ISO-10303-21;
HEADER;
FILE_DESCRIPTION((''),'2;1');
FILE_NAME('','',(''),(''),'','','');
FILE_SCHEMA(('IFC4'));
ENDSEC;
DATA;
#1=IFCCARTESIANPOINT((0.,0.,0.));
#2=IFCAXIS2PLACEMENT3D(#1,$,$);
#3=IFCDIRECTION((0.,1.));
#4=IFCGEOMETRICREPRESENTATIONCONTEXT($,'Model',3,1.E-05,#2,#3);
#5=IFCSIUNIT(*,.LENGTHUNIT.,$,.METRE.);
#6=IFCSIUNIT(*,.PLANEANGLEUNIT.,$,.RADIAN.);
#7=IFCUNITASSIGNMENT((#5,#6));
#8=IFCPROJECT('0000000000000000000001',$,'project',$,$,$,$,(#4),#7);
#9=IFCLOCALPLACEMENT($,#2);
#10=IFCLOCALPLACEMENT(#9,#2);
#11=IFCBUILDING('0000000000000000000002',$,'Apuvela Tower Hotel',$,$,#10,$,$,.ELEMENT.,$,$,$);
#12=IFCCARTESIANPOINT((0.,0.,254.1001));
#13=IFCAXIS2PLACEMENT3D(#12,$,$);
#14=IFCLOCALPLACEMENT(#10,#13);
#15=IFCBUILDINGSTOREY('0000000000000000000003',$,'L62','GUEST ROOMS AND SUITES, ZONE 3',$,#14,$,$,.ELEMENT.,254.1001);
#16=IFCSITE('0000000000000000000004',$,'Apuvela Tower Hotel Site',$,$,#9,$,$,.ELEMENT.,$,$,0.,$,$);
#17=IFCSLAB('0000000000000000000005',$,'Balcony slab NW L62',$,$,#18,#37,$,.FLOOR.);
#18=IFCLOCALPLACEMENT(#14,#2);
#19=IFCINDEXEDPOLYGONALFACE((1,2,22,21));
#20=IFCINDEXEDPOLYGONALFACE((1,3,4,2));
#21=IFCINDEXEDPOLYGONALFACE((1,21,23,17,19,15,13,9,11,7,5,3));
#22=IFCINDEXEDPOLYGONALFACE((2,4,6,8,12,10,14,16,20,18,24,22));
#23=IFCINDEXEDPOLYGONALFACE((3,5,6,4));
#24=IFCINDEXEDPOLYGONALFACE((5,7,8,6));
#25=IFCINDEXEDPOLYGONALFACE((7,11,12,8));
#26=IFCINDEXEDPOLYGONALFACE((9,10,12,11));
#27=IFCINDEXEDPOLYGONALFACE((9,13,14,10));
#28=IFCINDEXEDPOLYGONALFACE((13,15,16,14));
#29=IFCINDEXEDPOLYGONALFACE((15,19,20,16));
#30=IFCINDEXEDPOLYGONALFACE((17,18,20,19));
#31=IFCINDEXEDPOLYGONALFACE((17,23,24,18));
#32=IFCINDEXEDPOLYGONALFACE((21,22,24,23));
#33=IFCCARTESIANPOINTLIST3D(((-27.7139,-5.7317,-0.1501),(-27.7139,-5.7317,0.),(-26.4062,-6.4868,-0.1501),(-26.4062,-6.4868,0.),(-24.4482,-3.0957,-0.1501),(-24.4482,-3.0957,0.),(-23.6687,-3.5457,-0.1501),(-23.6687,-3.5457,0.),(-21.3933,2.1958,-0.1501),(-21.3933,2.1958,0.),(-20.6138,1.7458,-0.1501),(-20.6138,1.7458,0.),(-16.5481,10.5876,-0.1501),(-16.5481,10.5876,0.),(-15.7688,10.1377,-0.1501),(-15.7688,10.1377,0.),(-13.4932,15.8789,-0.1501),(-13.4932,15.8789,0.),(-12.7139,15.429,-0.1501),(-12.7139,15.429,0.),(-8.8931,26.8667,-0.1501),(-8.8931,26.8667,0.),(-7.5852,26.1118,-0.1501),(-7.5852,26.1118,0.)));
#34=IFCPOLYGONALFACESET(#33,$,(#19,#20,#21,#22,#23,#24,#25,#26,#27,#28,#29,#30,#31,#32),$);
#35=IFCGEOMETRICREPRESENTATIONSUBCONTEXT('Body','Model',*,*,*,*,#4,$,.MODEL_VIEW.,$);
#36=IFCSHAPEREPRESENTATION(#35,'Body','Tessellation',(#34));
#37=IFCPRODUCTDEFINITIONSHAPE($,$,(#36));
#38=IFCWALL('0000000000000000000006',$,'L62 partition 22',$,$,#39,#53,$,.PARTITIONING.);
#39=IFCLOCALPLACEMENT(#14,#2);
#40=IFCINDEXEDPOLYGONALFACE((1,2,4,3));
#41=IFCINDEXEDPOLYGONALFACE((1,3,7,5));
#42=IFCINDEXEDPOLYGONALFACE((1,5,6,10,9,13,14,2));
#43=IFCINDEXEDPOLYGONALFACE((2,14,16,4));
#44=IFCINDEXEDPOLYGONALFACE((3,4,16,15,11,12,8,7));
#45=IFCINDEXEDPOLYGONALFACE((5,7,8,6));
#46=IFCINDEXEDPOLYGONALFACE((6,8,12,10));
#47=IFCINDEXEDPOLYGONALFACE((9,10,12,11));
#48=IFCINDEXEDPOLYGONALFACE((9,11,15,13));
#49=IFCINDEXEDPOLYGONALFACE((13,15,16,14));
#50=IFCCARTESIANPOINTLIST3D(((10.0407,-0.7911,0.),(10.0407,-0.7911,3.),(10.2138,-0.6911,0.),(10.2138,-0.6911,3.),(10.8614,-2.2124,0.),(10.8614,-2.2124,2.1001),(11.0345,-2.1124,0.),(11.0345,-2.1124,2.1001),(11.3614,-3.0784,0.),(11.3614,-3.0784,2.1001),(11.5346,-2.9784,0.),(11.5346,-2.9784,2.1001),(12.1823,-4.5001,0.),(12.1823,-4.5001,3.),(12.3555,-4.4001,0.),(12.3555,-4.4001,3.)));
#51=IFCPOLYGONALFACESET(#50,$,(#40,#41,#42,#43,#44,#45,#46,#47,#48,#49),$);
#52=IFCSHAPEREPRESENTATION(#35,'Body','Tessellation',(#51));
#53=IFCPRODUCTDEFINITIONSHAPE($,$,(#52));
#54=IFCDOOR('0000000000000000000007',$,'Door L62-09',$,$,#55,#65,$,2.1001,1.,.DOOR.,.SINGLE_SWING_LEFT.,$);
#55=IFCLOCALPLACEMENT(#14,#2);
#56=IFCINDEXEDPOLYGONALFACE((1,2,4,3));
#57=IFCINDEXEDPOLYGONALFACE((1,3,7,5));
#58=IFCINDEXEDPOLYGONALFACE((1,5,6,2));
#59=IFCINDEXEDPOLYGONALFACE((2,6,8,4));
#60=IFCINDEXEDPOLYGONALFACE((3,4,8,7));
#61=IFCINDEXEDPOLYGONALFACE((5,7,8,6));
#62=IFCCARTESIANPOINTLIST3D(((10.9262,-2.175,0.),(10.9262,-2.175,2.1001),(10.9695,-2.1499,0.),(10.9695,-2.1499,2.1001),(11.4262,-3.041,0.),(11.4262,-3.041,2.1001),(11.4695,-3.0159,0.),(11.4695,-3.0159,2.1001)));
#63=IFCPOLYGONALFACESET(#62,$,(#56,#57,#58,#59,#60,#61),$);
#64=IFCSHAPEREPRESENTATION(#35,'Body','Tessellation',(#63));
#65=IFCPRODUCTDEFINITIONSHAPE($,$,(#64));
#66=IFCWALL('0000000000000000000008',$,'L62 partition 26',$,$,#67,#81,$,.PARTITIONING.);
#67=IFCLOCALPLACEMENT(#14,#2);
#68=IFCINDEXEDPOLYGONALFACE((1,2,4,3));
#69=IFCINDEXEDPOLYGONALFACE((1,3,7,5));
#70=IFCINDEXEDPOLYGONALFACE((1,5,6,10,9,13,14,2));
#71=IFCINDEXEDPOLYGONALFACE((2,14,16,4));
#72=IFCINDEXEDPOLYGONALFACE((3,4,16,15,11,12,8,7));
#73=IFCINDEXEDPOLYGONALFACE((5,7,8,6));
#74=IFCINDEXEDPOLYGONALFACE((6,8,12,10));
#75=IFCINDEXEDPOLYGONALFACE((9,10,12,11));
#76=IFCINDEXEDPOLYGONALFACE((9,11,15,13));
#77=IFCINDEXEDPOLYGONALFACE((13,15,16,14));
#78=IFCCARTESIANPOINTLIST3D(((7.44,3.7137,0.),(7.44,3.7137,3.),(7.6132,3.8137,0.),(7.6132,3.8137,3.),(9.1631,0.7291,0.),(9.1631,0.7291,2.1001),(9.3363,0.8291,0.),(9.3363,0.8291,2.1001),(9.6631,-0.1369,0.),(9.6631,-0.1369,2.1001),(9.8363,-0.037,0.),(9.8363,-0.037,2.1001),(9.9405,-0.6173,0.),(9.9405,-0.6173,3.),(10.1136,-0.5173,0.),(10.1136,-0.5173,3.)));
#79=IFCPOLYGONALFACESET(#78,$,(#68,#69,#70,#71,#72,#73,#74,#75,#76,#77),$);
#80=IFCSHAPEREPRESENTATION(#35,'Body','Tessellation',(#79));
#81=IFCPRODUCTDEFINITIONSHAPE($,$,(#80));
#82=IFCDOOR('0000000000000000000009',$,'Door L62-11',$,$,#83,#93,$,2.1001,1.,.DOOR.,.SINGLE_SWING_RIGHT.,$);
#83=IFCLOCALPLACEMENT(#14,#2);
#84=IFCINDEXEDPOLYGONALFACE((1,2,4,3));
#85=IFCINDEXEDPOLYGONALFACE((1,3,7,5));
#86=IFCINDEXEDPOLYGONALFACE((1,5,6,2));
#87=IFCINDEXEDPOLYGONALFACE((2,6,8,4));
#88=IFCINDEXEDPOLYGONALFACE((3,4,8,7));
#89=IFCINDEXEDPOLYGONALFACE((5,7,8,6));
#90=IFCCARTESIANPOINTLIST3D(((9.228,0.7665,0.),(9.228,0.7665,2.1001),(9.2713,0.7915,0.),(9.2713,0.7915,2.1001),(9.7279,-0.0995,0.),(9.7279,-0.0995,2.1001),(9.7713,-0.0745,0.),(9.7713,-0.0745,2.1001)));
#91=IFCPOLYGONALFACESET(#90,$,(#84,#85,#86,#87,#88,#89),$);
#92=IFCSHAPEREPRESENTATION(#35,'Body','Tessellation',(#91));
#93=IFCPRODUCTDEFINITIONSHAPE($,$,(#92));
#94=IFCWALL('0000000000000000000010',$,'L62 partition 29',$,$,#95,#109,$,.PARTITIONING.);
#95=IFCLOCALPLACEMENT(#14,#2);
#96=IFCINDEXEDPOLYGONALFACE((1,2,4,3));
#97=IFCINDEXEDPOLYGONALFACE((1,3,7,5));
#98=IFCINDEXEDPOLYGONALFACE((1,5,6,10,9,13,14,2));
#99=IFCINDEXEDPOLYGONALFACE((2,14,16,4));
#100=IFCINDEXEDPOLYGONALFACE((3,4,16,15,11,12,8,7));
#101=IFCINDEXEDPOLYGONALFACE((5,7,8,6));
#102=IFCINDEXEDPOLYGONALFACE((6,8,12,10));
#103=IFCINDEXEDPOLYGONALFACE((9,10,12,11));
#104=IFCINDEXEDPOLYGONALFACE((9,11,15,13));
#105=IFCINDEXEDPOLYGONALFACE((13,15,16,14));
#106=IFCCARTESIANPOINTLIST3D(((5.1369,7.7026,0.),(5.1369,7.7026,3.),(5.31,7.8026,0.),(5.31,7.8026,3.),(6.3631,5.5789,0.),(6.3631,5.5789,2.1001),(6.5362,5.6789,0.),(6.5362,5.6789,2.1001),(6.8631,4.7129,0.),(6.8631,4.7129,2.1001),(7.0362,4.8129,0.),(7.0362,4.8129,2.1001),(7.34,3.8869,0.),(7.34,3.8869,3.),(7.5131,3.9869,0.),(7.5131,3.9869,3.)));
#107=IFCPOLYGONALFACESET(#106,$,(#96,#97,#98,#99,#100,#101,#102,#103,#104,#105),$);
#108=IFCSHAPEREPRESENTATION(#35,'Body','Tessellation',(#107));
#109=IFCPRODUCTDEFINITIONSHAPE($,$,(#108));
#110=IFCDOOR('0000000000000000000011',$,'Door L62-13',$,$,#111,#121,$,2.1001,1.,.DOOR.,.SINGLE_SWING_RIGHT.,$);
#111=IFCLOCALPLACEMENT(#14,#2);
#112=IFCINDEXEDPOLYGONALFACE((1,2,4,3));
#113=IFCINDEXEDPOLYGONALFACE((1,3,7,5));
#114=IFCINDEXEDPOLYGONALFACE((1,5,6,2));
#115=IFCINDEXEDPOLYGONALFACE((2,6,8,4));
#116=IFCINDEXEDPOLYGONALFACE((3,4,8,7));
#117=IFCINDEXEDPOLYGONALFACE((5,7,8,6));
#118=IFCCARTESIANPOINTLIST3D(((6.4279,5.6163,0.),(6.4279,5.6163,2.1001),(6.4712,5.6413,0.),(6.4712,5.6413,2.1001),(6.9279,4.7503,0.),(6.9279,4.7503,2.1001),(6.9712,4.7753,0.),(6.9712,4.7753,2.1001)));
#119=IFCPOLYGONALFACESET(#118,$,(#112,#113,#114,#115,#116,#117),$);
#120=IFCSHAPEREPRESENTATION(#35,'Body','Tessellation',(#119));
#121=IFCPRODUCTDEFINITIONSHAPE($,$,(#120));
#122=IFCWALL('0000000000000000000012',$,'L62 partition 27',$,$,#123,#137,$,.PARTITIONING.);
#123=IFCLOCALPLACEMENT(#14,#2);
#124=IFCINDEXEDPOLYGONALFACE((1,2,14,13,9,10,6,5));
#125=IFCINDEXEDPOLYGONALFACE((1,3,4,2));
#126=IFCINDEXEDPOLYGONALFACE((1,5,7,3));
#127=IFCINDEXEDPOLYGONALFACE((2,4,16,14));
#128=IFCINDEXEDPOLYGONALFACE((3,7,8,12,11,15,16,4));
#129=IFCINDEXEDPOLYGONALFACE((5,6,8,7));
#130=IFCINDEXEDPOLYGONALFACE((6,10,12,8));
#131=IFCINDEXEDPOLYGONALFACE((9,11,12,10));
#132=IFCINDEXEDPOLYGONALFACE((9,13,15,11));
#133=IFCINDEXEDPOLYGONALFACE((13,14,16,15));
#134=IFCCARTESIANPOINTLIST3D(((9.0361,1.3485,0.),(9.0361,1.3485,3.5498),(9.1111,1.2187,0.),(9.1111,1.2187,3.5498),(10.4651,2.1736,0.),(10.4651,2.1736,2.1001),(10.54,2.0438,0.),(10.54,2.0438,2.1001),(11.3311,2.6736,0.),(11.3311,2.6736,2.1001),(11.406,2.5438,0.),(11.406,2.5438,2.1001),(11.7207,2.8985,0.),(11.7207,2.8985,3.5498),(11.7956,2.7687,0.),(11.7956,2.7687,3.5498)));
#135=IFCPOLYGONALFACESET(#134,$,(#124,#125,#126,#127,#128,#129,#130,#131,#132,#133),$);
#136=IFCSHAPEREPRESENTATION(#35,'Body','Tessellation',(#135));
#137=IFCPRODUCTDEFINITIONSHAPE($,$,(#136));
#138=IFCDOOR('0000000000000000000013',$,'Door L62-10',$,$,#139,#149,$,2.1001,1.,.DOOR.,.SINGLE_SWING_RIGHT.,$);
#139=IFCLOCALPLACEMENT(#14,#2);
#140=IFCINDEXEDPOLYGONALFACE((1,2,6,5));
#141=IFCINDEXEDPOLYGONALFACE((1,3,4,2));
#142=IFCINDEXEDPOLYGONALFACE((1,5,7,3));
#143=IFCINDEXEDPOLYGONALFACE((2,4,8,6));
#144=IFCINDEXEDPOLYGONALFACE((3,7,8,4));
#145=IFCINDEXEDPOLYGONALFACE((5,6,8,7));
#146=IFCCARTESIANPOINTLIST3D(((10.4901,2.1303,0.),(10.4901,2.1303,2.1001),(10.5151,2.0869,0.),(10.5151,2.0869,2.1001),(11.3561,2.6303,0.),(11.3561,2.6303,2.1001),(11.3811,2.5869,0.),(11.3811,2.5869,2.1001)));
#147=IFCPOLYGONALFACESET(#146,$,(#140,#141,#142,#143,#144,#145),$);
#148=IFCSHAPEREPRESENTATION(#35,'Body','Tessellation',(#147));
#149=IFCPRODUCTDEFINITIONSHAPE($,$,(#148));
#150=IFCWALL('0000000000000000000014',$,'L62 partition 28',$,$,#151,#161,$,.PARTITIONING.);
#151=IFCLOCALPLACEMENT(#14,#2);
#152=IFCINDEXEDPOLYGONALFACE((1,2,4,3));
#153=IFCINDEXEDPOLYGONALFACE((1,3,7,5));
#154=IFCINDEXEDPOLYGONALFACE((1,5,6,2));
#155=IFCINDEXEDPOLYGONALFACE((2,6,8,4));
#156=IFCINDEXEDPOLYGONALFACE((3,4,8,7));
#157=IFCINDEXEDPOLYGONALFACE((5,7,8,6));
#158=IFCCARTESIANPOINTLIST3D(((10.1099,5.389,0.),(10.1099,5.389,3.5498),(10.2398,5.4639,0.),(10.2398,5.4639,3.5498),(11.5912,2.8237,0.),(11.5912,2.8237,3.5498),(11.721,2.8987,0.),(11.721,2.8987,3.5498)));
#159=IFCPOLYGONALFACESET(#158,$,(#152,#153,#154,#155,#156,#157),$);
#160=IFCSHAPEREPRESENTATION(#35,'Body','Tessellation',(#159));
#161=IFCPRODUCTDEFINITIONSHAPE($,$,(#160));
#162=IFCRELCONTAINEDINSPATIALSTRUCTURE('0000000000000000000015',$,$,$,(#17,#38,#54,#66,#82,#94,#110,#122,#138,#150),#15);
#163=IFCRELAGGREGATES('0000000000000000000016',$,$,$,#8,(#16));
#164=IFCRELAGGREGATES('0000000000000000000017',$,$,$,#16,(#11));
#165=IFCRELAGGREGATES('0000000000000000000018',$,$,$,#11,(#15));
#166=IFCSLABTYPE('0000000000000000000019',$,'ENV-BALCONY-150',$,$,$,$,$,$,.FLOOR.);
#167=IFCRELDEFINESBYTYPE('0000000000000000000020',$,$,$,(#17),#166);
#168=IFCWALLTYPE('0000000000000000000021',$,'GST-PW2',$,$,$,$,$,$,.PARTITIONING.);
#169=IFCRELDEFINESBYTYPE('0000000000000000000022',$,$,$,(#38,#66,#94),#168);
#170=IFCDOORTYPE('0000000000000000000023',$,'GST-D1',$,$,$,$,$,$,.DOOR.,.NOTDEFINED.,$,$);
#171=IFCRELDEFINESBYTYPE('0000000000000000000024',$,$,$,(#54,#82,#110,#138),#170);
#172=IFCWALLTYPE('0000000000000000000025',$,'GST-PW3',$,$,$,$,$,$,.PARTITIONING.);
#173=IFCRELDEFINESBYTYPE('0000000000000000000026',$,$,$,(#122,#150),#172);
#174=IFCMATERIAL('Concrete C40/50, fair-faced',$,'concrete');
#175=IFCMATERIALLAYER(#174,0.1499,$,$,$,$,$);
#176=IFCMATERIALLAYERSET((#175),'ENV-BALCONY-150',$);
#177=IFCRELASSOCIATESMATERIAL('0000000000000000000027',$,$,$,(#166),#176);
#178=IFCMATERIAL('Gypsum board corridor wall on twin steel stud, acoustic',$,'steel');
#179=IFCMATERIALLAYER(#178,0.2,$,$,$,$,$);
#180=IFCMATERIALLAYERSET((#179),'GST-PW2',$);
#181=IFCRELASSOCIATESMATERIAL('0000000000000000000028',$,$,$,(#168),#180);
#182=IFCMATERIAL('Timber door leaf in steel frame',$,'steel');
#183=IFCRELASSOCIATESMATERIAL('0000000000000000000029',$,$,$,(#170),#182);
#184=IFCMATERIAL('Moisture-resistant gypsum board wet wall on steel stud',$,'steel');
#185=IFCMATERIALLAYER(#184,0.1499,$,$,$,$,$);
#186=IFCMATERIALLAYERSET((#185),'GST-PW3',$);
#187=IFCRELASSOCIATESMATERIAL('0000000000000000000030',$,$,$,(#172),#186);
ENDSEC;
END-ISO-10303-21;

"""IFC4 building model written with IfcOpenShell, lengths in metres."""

from ifc_helpers import new_model, si_unit, direction, frame, frame_2d, origin, place, context, subcontext, project, spatial, polyline, rectangle, outline, extrude, material, layer, layer_set, type_object, element, fill, save


model = new_model("IFC4")

# Units and contexts
model_context = context("Model", 3, precision=1e-05, world=origin(), true_north=direction((0.0, 1.0)))
body_context = subcontext(model_context, "Body", "Model", "MODEL_VIEW")
ifc_project = project(units=[si_unit("LENGTHUNIT", "METRE"), si_unit("PLANEANGLEUNIT", "RADIAN")], contexts=[model_context])

# Site, building, storey
site_placement = place(None, origin())
site = spatial("IfcSite", under=ifc_project, at=site_placement, Name="Apuvela Tower Hotel Site", CompositionType="ELEMENT", RefElevation=0.0)
building_placement = place(site_placement, origin())
building = spatial("IfcBuilding", under=site, at=building_placement, Name="Apuvela Tower Hotel", CompositionType="ELEMENT")
storey_placement = place(building_placement, frame((0.0, 0.0, 254.1001)))
storey = spatial("IfcBuildingStorey", under=building, at=storey_placement, Name="L62", Description="GUEST ROOMS AND SUITES, ZONE 3", CompositionType="ELEMENT", Elevation=254.1001)

# Slab
ifc_material_1 = material(Name="Concrete C40/50, fair-faced", Category="concrete")
ifc_layer_1 = layer(ifc_material_1, 0.1499)
ifc_layer_set_1 = layer_set([ifc_layer_1], Name="ENV-BALCONY-150")
slab_type_1 = type_object("IfcSlabType", Name="ENV-BALCONY-150", PredefinedType="FLOOR", material=ifc_layer_set_1)
slab_1_placement = place(storey_placement, frame((0.0, 0.0, -0.1501)))
element("IfcSlab", 1, at=slab_1_placement, inside=storey, type_object=slab_type_1, Name="Balcony slab NW L62", PredefinedType="FLOOR", context=body_context, shape_type="SweptSolid", body=[
    extrude(outline(polyline([(-27.7139, -5.7317), (-8.8931, 26.8667), (-7.5852, 26.1118), (-13.4932, 15.8789), (-12.7139, 15.429), (-15.7688, 10.1377), (-16.5481, 10.5876), (-21.3933, 2.1958), (-20.6138, 1.7458), (-23.6687, -3.5457), (-24.4482, -3.0957), (-26.4062, -6.4868), (-27.7139, -5.7317)])), origin(), (0.0, 0.0, 1.0), 0.1501),
])

# Walls, openings, doors
ifc_material_2 = material(Name="Gypsum board corridor wall on twin steel stud, acoustic", Category="steel")
ifc_layer_2 = layer(ifc_material_2, 0.2)
ifc_layer_set_2 = layer_set([ifc_layer_2], Name="GST-PW2")
wall_type_1 = type_object("IfcWallType", Name="GST-PW2", PredefinedType="PARTITIONING", material=ifc_layer_set_2)
wall_1_placement = place(storey_placement, frame((10.1272, -0.741, 0.0), z_axis=(0.0, 0.0, 1.0), x_axis=(0.500038, -0.866003, 0.0)))
wall_1 = element("IfcWall", 2, at=wall_1_placement, inside=storey, type_object=wall_type_1, Name="L62 partition 22", PredefinedType="PARTITIONING", context=body_context, shape_type="SweptSolid", body=[
    extrude(rectangle(XDim=4.283, YDim=0.2, at=frame_2d((2.1416, 0.0))), origin(), (0.0, 0.0, 1.0), 3.0),
])
opening_1_placement = place(wall_1_placement, frame((1.6414, 0.0, 0.0)))
opening_1 = element("IfcOpeningElement", 3, at=opening_1_placement, cuts=wall_1, PredefinedType="OPENING", context=body_context, shape_type="SweptSolid", body=[
    extrude(rectangle(XDim=1.0, YDim=2.1001, at=frame_2d((0.5, 1.05))), frame((0.0, 0.1099, 0.0), z_axis=(0.0, -1.0, 0.0), x_axis=(1.0, 0.0, 0.0)), (0.0, 0.0, 1.0), 0.22),
])
ifc_material_3 = material(Name="Timber door leaf in steel frame", Category="steel")
door_type_1 = type_object("IfcDoorType", Name="GST-D1", OperationType="NOTDEFINED", PredefinedType="DOOR", material=ifc_material_3)
door_1_placement = place(opening_1_placement, origin())
door_1 = element("IfcDoor", 4, at=door_1_placement, inside=storey, type_object=door_type_1, Name="Door L62-09", OperationType="SINGLE_SWING_LEFT", OverallHeight=2.1001, OverallWidth=1.0, PredefinedType="DOOR", context=body_context, shape_type="SweptSolid", body=[
    extrude(rectangle(XDim=1.0, YDim=2.1001, at=frame_2d((0.5, 1.05))), frame((0.0, 0.0249, 0.0), z_axis=(0.0, -1.0, 0.0), x_axis=(1.0, 0.0, 0.0)), (0.0, 0.0, 1.0), 0.05),
])
fill(opening_1, door_1)
wall_2_placement = place(storey_placement, frame((7.5266, 3.7637, 0.0), z_axis=(0.0, 0.0, 1.0), x_axis=(0.499993, -0.866029, 0.0)))
wall_2 = element("IfcWall", 5, at=wall_2_placement, inside=storey, type_object=wall_type_1, Name="L62 partition 26", PredefinedType="PARTITIONING", context=body_context, shape_type="SweptSolid", body=[
    extrude(rectangle(XDim=5.001, YDim=0.2, at=frame_2d((2.5005, 0.0))), origin(), (0.0, 0.0, 1.0), 3.0),
])
opening_2_placement = place(wall_2_placement, frame((3.4463, 0.0, 0.0)))
opening_2 = element("IfcOpeningElement", 6, at=opening_2_placement, cuts=wall_2, PredefinedType="OPENING", context=body_context, shape_type="SweptSolid", body=[
    extrude(rectangle(XDim=1.0, YDim=2.1001, at=frame_2d((0.5, 1.05))), frame((0.0, 0.1099, 0.0), z_axis=(0.0, -1.0, 0.0), x_axis=(1.0, 0.0, 0.0)), (0.0, 0.0, 1.0), 0.22),
])
door_2_placement = place(opening_2_placement, origin())
door_2 = element("IfcDoor", 7, at=door_2_placement, inside=storey, type_object=door_type_1, Name="Door L62-11", OperationType="SINGLE_SWING_RIGHT", OverallHeight=2.1001, OverallWidth=1.0, PredefinedType="DOOR", context=body_context, shape_type="SweptSolid", body=[
    extrude(rectangle(XDim=1.0, YDim=2.1001, at=frame_2d((0.5, 1.05))), frame((0.0, 0.0249, 0.0), z_axis=(0.0, -1.0, 0.0), x_axis=(1.0, 0.0, 0.0)), (0.0, 0.0, 1.0), 0.05),
])
fill(opening_2, door_2)
wall_3_placement = place(storey_placement, frame((5.2234, 7.7527, 0.0), z_axis=(0.0, 0.0, 1.0), x_axis=(0.500025, -0.866011, 0.0)))
wall_3 = element("IfcWall", 8, at=wall_3_placement, inside=storey, type_object=wall_type_1, Name="L62 partition 29", PredefinedType="PARTITIONING", context=body_context, shape_type="SweptSolid", body=[
    extrude(rectangle(XDim=4.406, YDim=0.2, at=frame_2d((2.2031, 0.0))), origin(), (0.0, 0.0, 1.0), 3.0),
])
opening_3_placement = place(wall_3_placement, frame((2.4524, 0.0, 0.0)))
opening_3 = element("IfcOpeningElement", 9, at=opening_3_placement, cuts=wall_3, PredefinedType="OPENING", context=body_context, shape_type="SweptSolid", body=[
    extrude(rectangle(XDim=1.0, YDim=2.1001, at=frame_2d((0.5, 1.05))), frame((0.0, 0.1099, 0.0), z_axis=(0.0, -1.0, 0.0), x_axis=(1.0, 0.0, 0.0)), (0.0, 0.0, 1.0), 0.22),
])
door_3_placement = place(opening_3_placement, origin())
door_3 = element("IfcDoor", 10, at=door_3_placement, inside=storey, type_object=door_type_1, Name="Door L62-13", OperationType="SINGLE_SWING_RIGHT", OverallHeight=2.1001, OverallWidth=1.0, PredefinedType="DOOR", context=body_context, shape_type="SweptSolid", body=[
    extrude(rectangle(XDim=1.0, YDim=2.1001, at=frame_2d((0.5, 1.05))), frame((0.0, 0.0249, 0.0), z_axis=(0.0, -1.0, 0.0), x_axis=(1.0, 0.0, 0.0)), (0.0, 0.0, 1.0), 0.05),
])
fill(opening_3, door_3)
ifc_material_4 = material(Name="Moisture-resistant gypsum board wet wall on steel stud", Category="steel")
ifc_layer_3 = layer(ifc_material_4, 0.1499)
ifc_layer_set_3 = layer_set([ifc_layer_3], Name="GST-PW3")
wall_type_2 = type_object("IfcWallType", Name="GST-PW3", PredefinedType="PARTITIONING", material=ifc_layer_set_3)
wall_4_placement = place(storey_placement, frame((9.0737, 1.2837, 0.0), z_axis=(0.0, 0.0, 1.0), x_axis=(0.86601, 0.500027, 0.0)))
wall_4 = element("IfcWall", 11, at=wall_4_placement, inside=storey, type_object=wall_type_2, Name="L62 partition 27", PredefinedType="PARTITIONING", context=body_context, shape_type="SweptSolid", body=[
    extrude(rectangle(XDim=3.0999, YDim=0.1499, at=frame_2d((1.5498, 0.0))), origin(), (0.0, 0.0, 1.0), 3.5498),
])
opening_4_placement = place(wall_4_placement, frame((1.6499, 0.0, 0.0)))
opening_4 = element("IfcOpeningElement", 12, at=opening_4_placement, cuts=wall_4, PredefinedType="OPENING", context=body_context, shape_type="SweptSolid", body=[
    extrude(rectangle(XDim=1.0, YDim=2.1001, at=frame_2d((0.5, 1.05))), frame((0.0, 0.085, 0.0), z_axis=(0.0, -1.0, 0.0), x_axis=(1.0, 0.0, 0.0)), (0.0, 0.0, 1.0), 0.1699),
])
door_4_placement = place(opening_4_placement, origin())
door_4 = element("IfcDoor", 13, at=door_4_placement, inside=storey, type_object=door_type_1, Name="Door L62-10", OperationType="SINGLE_SWING_RIGHT", OverallHeight=2.1001, OverallWidth=1.0, PredefinedType="DOOR", context=body_context, shape_type="SweptSolid", body=[
    extrude(rectangle(XDim=1.0, YDim=2.1001, at=frame_2d((0.5, 1.05))), frame((0.0, 0.0249, 0.0), z_axis=(0.0, -1.0, 0.0), x_axis=(1.0, 0.0, 0.0)), (0.0, 0.0, 1.0), 0.05),
])
fill(opening_4, door_4)

# Wall
wall_5_placement = place(storey_placement, frame((11.656, 2.8613, 0.0), z_axis=(0.0, 0.0, 1.0), x_axis=(-0.500048, 0.865998, 0.0)))
element("IfcWall", 14, at=wall_5_placement, inside=storey, type_object=wall_type_2, Name="L62 partition 28", PredefinedType="PARTITIONING", context=body_context, shape_type="SweptSolid", body=[
    extrude(rectangle(XDim=2.9622, YDim=0.1499, at=frame_2d((1.481, 0.0))), origin(), (0.0, 0.0, 1.0), 3.5498),
])

save(model, "model.ifc")
